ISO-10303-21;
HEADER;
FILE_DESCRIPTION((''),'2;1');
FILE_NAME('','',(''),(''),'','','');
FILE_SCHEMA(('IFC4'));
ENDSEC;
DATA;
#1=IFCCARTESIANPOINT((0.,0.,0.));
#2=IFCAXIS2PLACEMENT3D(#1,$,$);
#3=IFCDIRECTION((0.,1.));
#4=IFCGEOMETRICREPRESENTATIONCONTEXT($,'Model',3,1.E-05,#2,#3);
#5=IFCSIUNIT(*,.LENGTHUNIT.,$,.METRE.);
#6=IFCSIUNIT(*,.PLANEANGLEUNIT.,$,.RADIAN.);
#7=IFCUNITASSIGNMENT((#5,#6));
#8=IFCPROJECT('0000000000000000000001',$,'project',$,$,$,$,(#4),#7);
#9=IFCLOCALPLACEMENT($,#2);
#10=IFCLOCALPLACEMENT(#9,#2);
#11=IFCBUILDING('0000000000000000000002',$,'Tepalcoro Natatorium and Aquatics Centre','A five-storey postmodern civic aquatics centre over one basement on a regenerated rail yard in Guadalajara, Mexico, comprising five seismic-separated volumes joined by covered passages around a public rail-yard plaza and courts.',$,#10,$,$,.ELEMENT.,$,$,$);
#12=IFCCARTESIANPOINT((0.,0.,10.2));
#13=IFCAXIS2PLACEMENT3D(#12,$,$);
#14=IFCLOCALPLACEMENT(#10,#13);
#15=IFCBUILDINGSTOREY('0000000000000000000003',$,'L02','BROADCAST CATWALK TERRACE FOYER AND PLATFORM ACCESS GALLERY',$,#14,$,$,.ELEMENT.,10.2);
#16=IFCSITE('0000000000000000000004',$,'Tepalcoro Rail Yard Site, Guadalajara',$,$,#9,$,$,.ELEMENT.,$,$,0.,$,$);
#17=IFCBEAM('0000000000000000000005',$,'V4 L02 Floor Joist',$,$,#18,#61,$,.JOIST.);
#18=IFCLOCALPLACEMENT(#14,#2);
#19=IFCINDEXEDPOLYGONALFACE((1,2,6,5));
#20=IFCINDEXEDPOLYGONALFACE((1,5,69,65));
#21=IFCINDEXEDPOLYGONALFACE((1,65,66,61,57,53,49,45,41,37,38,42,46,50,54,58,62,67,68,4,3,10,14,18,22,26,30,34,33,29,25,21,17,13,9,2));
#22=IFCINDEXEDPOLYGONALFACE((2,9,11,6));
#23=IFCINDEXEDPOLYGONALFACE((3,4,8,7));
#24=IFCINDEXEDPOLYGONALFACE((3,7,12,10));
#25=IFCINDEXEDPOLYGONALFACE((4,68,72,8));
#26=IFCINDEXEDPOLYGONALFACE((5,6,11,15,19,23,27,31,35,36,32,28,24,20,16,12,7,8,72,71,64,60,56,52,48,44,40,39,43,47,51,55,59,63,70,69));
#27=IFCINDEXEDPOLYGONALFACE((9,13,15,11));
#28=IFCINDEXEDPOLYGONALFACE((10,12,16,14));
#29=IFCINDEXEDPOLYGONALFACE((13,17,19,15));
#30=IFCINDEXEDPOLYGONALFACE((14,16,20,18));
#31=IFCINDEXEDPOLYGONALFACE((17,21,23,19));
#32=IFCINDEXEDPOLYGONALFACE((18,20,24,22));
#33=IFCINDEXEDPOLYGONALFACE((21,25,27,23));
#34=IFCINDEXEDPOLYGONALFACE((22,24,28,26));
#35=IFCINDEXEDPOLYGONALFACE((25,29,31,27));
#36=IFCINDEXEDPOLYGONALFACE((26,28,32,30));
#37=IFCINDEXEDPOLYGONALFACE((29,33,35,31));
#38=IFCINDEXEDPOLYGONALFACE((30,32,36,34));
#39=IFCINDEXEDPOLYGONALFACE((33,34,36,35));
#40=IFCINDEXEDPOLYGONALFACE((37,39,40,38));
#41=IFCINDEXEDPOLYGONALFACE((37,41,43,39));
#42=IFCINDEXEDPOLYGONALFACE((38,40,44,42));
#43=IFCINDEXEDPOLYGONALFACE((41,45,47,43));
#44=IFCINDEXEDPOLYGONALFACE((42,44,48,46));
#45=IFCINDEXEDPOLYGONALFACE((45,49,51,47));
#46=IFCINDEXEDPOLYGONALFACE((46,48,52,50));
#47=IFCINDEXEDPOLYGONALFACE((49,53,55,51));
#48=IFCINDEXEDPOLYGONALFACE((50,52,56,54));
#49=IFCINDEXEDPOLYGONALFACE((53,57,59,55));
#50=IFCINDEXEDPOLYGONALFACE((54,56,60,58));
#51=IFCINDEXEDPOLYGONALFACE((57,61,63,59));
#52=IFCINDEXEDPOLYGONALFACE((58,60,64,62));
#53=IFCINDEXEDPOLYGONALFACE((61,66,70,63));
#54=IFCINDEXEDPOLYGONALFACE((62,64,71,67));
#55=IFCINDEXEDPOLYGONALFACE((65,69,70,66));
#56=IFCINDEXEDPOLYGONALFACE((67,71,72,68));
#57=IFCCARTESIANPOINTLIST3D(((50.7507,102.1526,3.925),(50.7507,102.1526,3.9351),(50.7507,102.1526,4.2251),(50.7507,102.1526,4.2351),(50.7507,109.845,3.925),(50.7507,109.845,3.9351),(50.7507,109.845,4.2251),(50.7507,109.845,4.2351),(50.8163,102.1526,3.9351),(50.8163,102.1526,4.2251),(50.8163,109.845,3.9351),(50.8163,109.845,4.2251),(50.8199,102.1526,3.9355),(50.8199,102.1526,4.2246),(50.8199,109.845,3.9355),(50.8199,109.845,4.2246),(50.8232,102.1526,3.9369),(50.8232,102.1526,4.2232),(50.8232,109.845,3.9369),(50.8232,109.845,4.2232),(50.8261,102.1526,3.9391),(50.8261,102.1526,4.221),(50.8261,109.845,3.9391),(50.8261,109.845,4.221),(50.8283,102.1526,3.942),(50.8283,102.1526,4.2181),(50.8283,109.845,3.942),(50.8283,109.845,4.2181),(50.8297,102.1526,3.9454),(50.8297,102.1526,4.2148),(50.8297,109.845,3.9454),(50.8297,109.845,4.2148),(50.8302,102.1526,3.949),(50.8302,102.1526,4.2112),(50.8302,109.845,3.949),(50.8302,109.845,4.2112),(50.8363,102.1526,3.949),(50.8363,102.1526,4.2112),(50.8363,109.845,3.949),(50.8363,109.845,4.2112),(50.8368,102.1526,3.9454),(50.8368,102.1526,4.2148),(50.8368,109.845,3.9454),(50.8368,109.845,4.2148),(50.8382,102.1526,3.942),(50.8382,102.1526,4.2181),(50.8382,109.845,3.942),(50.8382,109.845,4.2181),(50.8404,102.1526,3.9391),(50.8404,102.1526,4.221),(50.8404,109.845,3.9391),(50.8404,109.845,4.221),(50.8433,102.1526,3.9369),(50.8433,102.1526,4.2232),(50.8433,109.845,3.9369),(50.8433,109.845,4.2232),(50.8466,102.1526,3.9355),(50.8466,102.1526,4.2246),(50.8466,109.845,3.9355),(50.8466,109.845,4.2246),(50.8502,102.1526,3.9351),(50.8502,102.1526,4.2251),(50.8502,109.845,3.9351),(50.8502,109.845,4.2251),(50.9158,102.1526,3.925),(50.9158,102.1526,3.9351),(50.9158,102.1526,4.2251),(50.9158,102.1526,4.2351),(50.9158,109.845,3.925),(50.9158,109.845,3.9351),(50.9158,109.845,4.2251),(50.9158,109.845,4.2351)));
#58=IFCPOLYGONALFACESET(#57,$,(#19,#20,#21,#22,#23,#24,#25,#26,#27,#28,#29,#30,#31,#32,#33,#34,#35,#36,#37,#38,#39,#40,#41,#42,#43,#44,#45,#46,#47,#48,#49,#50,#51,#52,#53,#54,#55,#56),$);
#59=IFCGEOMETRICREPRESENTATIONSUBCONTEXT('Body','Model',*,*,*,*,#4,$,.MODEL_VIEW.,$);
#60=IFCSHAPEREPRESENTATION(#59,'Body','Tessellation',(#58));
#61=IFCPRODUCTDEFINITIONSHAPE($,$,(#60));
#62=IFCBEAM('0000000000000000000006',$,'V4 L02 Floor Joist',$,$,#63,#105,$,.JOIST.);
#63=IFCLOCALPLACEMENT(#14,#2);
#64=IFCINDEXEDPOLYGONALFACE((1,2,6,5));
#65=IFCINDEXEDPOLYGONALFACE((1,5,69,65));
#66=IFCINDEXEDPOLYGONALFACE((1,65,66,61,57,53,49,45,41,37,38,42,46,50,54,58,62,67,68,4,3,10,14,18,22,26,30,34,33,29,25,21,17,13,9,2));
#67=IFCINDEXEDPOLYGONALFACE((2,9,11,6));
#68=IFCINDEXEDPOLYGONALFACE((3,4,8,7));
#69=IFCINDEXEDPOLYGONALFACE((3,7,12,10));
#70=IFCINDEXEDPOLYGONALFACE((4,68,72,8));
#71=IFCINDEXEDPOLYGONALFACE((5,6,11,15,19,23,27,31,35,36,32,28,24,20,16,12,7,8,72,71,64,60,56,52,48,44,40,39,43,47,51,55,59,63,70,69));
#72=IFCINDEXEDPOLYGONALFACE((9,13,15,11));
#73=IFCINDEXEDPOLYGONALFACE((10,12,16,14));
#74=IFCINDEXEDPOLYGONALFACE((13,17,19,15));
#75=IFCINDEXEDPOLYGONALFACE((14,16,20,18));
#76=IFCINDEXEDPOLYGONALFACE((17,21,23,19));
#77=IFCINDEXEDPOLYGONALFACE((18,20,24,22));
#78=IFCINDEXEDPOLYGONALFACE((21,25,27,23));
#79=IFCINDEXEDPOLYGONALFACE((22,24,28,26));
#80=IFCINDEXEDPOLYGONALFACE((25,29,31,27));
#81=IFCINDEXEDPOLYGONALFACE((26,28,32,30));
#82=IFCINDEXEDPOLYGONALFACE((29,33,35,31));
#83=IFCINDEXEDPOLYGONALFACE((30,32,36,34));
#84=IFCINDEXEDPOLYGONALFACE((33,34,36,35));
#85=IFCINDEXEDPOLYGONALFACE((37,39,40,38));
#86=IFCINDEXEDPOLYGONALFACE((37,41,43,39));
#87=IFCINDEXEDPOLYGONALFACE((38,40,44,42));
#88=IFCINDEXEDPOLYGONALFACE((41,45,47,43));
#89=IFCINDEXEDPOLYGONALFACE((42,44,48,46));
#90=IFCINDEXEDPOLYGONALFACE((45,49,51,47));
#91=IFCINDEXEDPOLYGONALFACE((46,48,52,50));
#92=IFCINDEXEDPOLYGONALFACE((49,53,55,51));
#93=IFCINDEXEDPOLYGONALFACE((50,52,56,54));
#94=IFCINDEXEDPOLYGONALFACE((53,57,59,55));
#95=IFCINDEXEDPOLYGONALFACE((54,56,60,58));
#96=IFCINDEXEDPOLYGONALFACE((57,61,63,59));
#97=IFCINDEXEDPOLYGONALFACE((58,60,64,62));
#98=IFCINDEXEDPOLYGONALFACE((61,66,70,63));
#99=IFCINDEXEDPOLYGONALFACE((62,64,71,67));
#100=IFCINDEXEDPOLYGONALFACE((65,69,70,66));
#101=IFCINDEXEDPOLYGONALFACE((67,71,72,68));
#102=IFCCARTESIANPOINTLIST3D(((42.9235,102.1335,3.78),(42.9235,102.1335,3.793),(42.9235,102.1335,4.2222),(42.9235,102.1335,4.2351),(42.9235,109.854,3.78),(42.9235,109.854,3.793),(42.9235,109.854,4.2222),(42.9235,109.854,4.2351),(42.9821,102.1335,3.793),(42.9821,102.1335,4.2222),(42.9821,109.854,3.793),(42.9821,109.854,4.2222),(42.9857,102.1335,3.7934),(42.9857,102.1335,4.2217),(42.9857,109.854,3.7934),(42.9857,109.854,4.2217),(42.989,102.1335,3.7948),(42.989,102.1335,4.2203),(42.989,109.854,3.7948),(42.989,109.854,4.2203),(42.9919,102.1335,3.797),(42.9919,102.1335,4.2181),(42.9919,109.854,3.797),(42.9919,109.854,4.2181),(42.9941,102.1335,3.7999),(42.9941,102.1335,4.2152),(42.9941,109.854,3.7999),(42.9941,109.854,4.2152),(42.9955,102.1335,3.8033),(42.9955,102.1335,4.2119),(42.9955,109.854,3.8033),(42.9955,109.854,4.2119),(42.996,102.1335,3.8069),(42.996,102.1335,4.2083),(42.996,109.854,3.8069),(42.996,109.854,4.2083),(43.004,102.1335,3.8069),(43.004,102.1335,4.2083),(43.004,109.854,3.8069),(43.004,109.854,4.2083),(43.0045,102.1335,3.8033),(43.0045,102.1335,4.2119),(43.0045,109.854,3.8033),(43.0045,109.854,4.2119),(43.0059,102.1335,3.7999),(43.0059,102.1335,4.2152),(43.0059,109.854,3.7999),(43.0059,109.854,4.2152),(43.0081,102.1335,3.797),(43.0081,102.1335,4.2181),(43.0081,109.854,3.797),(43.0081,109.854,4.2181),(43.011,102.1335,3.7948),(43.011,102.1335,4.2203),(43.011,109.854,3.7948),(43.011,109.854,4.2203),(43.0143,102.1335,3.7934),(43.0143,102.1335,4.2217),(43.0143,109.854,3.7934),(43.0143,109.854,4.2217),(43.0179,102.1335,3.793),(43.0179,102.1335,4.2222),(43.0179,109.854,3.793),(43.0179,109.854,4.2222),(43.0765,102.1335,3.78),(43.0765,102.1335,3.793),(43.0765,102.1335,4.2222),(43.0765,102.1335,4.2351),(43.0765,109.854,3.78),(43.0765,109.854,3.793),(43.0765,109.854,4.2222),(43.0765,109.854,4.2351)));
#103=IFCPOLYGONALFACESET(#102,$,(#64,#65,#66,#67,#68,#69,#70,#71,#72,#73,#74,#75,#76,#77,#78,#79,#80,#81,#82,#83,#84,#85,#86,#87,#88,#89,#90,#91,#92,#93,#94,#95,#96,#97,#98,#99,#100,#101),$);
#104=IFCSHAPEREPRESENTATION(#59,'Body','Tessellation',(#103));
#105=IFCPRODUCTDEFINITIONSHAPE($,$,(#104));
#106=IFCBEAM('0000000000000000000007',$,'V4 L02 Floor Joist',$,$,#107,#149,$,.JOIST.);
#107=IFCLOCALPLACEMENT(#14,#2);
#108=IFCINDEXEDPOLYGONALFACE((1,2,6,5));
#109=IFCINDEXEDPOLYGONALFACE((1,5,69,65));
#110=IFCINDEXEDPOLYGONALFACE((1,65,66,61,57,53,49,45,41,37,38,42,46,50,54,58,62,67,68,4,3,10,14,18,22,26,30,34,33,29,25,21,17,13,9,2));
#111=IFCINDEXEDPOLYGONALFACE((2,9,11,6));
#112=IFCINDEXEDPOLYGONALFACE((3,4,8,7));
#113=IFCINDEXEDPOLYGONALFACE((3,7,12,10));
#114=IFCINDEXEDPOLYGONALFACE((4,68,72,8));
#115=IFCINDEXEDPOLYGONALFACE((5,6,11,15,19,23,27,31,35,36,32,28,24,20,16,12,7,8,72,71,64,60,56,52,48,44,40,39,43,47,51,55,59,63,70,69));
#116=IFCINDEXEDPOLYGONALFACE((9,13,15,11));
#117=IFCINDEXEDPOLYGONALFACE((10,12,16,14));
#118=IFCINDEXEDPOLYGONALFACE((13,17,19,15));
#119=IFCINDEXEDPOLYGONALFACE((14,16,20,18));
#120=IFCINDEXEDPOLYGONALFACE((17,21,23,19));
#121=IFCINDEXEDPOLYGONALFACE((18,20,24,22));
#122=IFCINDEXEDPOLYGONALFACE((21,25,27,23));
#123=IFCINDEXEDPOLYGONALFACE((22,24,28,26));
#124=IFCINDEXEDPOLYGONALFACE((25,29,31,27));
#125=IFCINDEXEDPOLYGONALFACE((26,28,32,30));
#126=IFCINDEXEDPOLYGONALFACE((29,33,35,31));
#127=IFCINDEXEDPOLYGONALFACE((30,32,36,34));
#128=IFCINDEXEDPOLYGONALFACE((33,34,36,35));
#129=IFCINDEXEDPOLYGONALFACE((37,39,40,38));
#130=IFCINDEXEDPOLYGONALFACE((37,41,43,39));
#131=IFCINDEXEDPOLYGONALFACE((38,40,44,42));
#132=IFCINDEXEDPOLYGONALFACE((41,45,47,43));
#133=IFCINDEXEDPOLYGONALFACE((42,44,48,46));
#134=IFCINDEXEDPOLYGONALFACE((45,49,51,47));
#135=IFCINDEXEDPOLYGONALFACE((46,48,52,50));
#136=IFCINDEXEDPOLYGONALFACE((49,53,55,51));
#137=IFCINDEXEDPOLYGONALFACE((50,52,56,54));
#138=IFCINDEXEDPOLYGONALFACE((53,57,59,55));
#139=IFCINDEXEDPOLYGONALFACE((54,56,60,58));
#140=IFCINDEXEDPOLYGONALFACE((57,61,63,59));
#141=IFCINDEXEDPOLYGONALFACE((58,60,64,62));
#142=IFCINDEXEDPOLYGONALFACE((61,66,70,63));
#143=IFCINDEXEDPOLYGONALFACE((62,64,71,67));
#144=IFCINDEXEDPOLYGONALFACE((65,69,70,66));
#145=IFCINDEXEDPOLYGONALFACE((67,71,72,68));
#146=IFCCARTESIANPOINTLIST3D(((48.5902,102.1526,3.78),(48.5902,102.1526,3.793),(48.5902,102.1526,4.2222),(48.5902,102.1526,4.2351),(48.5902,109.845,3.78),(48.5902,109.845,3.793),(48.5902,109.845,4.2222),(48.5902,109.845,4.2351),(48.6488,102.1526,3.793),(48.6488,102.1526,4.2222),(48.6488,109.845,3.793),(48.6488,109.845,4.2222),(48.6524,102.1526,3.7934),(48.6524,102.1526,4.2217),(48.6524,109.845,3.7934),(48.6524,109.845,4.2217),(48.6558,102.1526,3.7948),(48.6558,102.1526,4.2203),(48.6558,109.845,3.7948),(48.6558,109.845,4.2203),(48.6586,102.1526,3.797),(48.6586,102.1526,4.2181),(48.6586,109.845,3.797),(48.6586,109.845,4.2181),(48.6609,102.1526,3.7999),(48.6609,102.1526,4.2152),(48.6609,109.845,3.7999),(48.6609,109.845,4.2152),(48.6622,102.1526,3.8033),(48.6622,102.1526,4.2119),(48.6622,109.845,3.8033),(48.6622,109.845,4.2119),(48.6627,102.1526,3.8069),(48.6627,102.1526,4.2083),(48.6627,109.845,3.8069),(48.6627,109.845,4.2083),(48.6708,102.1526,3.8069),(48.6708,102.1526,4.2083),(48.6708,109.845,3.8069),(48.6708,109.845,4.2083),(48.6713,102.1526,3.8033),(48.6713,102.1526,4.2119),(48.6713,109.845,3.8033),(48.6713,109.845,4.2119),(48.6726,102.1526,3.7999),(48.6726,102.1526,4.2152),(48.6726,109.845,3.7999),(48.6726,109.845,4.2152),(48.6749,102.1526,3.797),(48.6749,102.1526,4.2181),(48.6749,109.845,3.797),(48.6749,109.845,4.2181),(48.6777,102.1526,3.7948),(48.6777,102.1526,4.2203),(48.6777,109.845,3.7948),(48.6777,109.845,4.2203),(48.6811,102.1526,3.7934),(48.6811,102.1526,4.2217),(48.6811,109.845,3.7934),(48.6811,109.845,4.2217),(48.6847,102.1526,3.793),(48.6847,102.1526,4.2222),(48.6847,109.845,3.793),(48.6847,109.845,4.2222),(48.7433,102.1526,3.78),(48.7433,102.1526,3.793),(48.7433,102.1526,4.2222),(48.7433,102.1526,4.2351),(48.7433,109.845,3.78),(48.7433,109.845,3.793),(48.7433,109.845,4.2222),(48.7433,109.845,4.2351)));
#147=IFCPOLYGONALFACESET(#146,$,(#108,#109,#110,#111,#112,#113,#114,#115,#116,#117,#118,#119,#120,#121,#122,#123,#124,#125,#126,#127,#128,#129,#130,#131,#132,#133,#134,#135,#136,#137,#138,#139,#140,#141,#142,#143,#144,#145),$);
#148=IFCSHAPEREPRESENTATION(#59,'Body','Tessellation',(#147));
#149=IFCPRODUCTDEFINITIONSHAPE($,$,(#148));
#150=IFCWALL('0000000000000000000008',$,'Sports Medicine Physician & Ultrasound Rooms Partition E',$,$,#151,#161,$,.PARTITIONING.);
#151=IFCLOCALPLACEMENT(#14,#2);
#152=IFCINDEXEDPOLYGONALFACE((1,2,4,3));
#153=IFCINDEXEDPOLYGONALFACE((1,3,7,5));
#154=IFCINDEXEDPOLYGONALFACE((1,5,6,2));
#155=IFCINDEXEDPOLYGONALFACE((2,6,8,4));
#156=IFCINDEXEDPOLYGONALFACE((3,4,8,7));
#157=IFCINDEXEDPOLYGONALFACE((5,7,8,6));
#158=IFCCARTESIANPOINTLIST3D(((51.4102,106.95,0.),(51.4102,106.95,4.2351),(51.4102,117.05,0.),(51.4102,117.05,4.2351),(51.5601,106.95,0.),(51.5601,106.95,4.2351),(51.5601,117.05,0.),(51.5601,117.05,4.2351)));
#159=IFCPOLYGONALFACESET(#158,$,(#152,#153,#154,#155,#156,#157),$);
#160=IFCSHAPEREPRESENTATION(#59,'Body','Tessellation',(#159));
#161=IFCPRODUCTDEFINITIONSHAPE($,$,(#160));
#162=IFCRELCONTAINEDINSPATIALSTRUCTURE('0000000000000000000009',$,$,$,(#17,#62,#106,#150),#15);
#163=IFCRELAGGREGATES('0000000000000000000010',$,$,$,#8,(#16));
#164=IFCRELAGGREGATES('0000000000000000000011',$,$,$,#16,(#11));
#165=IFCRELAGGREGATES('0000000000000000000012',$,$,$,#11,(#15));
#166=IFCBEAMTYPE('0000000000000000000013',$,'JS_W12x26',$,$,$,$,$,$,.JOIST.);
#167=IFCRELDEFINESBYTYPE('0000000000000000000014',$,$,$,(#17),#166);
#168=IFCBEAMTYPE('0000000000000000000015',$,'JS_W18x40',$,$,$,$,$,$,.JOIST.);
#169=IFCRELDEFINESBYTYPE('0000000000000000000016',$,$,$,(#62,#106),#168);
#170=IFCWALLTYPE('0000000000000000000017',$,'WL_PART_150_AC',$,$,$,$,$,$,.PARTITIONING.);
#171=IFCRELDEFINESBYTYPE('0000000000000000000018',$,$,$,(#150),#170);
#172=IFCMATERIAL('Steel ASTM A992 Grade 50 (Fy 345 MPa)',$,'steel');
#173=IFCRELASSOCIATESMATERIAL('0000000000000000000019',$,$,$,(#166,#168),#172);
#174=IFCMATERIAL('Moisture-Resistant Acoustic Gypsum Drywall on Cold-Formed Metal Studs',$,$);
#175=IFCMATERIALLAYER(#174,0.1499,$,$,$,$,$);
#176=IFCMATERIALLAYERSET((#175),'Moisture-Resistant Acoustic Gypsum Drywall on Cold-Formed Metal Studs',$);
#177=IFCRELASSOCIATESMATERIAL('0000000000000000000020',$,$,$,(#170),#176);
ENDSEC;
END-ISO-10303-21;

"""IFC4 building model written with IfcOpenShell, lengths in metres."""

from ifc_helpers import new_model, si_unit, direction, frame, frame_2d, origin, origin_2d, place, context, subcontext, project, spatial, rectangle, i_section, extrude, material, layer, layer_set, material_profile, profile_set, type_object, element, save


model = new_model("IFC4")

# Units and contexts
model_context = context("Model", 3, precision=1e-05, world=origin(), true_north=direction((0.0, 1.0)))
body_context = subcontext(model_context, "Body", "Model", "MODEL_VIEW")
ifc_project = project(units=[si_unit("LENGTHUNIT", "METRE"), si_unit("PLANEANGLEUNIT", "RADIAN")], contexts=[model_context])

# Site, building, storey
site_placement = place(None, origin())
site = spatial("IfcSite", under=ifc_project, at=site_placement, Name="Tepalcoro Rail Yard Site, Guadalajara", CompositionType="ELEMENT", RefElevation=0.0)
building_placement = place(site_placement, origin())
building = spatial("IfcBuilding", under=site, at=building_placement, Name="Tepalcoro Natatorium and Aquatics Centre", Description="A five-storey postmodern civic aquatics centre over one basement on a regenerated rail yard in Guadalajara, Mexico, comprising five seismic-separated volumes joined by covered passages around a public rail-yard plaza and courts.", CompositionType="ELEMENT")
storey_placement = place(building_placement, frame((0.0, 0.0, 10.2)))
storey = spatial("IfcBuildingStorey", under=building, at=storey_placement, Name="L02", Description="BROADCAST CATWALK TERRACE FOYER AND PLATFORM ACCESS GALLERY", CompositionType="ELEMENT", Elevation=10.2)

# Beams
ifc_material_1 = material(Name="Steel ASTM A992 Grade 50 (Fy 345 MPa)", Category="steel")
ifc_material_profile_1 = material_profile(ifc_material_1, i_section(OverallWidth=0.165, OverallDepth=0.3101, WebThickness=0.0061, FlangeThickness=0.01, FilletRadius=0.0139, at=origin_2d()), Name="W12X26")
ifc_profile_set_1 = profile_set([ifc_material_profile_1], Name="Steel ASTM A992 Grade 50 (Fy 345 MPa)")
beam_type_1 = type_object("IfcBeamType", Name="JS_W12x26", PredefinedType="JOIST", material=ifc_profile_set_1)
beam_1_placement = place(storey_placement, frame((50.8333, 102.1526, 4.0801), z_axis=(0.0, 1.0, 0.0), x_axis=(-1.0, 0.0, 0.0)))
element("IfcBeam", 1, at=beam_1_placement, inside=storey, type_object=beam_type_1, Name="V4 L02 Floor Joist", PredefinedType="JOIST", context=body_context, shape_type="SweptSolid", body=[
    extrude(i_section(OverallWidth=0.165, OverallDepth=0.3101, WebThickness=0.0061, FlangeThickness=0.01, FilletRadius=0.0139, at=origin_2d()), origin(), (0.0, 0.0, 1.0), 7.6924),
])
ifc_material_profile_2 = material_profile(ifc_material_1, i_section(OverallWidth=0.1531, OverallDepth=0.4551, WebThickness=0.0081, FlangeThickness=0.0129, FilletRadius=0.0139, at=origin_2d()), Name="W18X40")
ifc_profile_set_2 = profile_set([ifc_material_profile_2], Name="Steel ASTM A992 Grade 50 (Fy 345 MPa)")
beam_type_2 = type_object("IfcBeamType", Name="JS_W18x40", PredefinedType="JOIST", material=ifc_profile_set_2)
beam_2_placement = place(storey_placement, frame((43.0, 102.1335, 4.0076), z_axis=(0.0, 1.0, 0.0), x_axis=(-1.0, 0.0, 0.0)))
element("IfcBeam", 2, at=beam_2_placement, inside=storey, type_object=beam_type_2, Name="V4 L02 Floor Joist", PredefinedType="JOIST", context=body_context, shape_type="SweptSolid", body=[
    extrude(i_section(OverallWidth=0.1531, OverallDepth=0.4551, WebThickness=0.0081, FlangeThickness=0.0129, FilletRadius=0.0139, at=origin_2d()), origin(), (0.0, 0.0, 1.0), 7.7205),
])
beam_3_placement = place(storey_placement, frame((48.6667, 102.1526, 4.0076), z_axis=(0.0, 1.0, 0.0), x_axis=(-1.0, 0.0, 0.0)))
element("IfcBeam", 3, at=beam_3_placement, inside=storey, type_object=beam_type_2, Name="V4 L02 Floor Joist", PredefinedType="JOIST", context=body_context, shape_type="SweptSolid", body=[
    extrude(i_section(OverallWidth=0.1531, OverallDepth=0.4551, WebThickness=0.0081, FlangeThickness=0.0129, FilletRadius=0.0139, at=origin_2d()), origin(), (0.0, 0.0, 1.0), 7.6924),
])

# Wall
ifc_material_2 = material(Name="Moisture-Resistant Acoustic Gypsum Drywall on Cold-Formed Metal Studs")
ifc_layer_1 = layer(ifc_material_2, 0.1499)
ifc_layer_set_1 = layer_set([ifc_layer_1], Name="Moisture-Resistant Acoustic Gypsum Drywall on Cold-Formed Metal Studs")
wall_type_1 = type_object("IfcWallType", Name="WL_PART_150_AC", PredefinedType="PARTITIONING", material=ifc_layer_set_1)
wall_1_placement = place(storey_placement, frame((51.4851, 106.95, 0.0), z_axis=(0.0, 0.0, 1.0), x_axis=(0.0, 1.0, 0.0)))
element("IfcWall", 4, at=wall_1_placement, inside=storey, type_object=wall_type_1, Name="Sports Medicine Physician & Ultrasound Rooms Partition E", PredefinedType="PARTITIONING", context=body_context, shape_type="SweptSolid", body=[
    extrude(rectangle(XDim=10.1001, YDim=0.1499, at=frame_2d((5.05, 0.0))), origin(), (0.0, 0.0, 1.0), 4.2351),
])

save(model, "model.ifc")
